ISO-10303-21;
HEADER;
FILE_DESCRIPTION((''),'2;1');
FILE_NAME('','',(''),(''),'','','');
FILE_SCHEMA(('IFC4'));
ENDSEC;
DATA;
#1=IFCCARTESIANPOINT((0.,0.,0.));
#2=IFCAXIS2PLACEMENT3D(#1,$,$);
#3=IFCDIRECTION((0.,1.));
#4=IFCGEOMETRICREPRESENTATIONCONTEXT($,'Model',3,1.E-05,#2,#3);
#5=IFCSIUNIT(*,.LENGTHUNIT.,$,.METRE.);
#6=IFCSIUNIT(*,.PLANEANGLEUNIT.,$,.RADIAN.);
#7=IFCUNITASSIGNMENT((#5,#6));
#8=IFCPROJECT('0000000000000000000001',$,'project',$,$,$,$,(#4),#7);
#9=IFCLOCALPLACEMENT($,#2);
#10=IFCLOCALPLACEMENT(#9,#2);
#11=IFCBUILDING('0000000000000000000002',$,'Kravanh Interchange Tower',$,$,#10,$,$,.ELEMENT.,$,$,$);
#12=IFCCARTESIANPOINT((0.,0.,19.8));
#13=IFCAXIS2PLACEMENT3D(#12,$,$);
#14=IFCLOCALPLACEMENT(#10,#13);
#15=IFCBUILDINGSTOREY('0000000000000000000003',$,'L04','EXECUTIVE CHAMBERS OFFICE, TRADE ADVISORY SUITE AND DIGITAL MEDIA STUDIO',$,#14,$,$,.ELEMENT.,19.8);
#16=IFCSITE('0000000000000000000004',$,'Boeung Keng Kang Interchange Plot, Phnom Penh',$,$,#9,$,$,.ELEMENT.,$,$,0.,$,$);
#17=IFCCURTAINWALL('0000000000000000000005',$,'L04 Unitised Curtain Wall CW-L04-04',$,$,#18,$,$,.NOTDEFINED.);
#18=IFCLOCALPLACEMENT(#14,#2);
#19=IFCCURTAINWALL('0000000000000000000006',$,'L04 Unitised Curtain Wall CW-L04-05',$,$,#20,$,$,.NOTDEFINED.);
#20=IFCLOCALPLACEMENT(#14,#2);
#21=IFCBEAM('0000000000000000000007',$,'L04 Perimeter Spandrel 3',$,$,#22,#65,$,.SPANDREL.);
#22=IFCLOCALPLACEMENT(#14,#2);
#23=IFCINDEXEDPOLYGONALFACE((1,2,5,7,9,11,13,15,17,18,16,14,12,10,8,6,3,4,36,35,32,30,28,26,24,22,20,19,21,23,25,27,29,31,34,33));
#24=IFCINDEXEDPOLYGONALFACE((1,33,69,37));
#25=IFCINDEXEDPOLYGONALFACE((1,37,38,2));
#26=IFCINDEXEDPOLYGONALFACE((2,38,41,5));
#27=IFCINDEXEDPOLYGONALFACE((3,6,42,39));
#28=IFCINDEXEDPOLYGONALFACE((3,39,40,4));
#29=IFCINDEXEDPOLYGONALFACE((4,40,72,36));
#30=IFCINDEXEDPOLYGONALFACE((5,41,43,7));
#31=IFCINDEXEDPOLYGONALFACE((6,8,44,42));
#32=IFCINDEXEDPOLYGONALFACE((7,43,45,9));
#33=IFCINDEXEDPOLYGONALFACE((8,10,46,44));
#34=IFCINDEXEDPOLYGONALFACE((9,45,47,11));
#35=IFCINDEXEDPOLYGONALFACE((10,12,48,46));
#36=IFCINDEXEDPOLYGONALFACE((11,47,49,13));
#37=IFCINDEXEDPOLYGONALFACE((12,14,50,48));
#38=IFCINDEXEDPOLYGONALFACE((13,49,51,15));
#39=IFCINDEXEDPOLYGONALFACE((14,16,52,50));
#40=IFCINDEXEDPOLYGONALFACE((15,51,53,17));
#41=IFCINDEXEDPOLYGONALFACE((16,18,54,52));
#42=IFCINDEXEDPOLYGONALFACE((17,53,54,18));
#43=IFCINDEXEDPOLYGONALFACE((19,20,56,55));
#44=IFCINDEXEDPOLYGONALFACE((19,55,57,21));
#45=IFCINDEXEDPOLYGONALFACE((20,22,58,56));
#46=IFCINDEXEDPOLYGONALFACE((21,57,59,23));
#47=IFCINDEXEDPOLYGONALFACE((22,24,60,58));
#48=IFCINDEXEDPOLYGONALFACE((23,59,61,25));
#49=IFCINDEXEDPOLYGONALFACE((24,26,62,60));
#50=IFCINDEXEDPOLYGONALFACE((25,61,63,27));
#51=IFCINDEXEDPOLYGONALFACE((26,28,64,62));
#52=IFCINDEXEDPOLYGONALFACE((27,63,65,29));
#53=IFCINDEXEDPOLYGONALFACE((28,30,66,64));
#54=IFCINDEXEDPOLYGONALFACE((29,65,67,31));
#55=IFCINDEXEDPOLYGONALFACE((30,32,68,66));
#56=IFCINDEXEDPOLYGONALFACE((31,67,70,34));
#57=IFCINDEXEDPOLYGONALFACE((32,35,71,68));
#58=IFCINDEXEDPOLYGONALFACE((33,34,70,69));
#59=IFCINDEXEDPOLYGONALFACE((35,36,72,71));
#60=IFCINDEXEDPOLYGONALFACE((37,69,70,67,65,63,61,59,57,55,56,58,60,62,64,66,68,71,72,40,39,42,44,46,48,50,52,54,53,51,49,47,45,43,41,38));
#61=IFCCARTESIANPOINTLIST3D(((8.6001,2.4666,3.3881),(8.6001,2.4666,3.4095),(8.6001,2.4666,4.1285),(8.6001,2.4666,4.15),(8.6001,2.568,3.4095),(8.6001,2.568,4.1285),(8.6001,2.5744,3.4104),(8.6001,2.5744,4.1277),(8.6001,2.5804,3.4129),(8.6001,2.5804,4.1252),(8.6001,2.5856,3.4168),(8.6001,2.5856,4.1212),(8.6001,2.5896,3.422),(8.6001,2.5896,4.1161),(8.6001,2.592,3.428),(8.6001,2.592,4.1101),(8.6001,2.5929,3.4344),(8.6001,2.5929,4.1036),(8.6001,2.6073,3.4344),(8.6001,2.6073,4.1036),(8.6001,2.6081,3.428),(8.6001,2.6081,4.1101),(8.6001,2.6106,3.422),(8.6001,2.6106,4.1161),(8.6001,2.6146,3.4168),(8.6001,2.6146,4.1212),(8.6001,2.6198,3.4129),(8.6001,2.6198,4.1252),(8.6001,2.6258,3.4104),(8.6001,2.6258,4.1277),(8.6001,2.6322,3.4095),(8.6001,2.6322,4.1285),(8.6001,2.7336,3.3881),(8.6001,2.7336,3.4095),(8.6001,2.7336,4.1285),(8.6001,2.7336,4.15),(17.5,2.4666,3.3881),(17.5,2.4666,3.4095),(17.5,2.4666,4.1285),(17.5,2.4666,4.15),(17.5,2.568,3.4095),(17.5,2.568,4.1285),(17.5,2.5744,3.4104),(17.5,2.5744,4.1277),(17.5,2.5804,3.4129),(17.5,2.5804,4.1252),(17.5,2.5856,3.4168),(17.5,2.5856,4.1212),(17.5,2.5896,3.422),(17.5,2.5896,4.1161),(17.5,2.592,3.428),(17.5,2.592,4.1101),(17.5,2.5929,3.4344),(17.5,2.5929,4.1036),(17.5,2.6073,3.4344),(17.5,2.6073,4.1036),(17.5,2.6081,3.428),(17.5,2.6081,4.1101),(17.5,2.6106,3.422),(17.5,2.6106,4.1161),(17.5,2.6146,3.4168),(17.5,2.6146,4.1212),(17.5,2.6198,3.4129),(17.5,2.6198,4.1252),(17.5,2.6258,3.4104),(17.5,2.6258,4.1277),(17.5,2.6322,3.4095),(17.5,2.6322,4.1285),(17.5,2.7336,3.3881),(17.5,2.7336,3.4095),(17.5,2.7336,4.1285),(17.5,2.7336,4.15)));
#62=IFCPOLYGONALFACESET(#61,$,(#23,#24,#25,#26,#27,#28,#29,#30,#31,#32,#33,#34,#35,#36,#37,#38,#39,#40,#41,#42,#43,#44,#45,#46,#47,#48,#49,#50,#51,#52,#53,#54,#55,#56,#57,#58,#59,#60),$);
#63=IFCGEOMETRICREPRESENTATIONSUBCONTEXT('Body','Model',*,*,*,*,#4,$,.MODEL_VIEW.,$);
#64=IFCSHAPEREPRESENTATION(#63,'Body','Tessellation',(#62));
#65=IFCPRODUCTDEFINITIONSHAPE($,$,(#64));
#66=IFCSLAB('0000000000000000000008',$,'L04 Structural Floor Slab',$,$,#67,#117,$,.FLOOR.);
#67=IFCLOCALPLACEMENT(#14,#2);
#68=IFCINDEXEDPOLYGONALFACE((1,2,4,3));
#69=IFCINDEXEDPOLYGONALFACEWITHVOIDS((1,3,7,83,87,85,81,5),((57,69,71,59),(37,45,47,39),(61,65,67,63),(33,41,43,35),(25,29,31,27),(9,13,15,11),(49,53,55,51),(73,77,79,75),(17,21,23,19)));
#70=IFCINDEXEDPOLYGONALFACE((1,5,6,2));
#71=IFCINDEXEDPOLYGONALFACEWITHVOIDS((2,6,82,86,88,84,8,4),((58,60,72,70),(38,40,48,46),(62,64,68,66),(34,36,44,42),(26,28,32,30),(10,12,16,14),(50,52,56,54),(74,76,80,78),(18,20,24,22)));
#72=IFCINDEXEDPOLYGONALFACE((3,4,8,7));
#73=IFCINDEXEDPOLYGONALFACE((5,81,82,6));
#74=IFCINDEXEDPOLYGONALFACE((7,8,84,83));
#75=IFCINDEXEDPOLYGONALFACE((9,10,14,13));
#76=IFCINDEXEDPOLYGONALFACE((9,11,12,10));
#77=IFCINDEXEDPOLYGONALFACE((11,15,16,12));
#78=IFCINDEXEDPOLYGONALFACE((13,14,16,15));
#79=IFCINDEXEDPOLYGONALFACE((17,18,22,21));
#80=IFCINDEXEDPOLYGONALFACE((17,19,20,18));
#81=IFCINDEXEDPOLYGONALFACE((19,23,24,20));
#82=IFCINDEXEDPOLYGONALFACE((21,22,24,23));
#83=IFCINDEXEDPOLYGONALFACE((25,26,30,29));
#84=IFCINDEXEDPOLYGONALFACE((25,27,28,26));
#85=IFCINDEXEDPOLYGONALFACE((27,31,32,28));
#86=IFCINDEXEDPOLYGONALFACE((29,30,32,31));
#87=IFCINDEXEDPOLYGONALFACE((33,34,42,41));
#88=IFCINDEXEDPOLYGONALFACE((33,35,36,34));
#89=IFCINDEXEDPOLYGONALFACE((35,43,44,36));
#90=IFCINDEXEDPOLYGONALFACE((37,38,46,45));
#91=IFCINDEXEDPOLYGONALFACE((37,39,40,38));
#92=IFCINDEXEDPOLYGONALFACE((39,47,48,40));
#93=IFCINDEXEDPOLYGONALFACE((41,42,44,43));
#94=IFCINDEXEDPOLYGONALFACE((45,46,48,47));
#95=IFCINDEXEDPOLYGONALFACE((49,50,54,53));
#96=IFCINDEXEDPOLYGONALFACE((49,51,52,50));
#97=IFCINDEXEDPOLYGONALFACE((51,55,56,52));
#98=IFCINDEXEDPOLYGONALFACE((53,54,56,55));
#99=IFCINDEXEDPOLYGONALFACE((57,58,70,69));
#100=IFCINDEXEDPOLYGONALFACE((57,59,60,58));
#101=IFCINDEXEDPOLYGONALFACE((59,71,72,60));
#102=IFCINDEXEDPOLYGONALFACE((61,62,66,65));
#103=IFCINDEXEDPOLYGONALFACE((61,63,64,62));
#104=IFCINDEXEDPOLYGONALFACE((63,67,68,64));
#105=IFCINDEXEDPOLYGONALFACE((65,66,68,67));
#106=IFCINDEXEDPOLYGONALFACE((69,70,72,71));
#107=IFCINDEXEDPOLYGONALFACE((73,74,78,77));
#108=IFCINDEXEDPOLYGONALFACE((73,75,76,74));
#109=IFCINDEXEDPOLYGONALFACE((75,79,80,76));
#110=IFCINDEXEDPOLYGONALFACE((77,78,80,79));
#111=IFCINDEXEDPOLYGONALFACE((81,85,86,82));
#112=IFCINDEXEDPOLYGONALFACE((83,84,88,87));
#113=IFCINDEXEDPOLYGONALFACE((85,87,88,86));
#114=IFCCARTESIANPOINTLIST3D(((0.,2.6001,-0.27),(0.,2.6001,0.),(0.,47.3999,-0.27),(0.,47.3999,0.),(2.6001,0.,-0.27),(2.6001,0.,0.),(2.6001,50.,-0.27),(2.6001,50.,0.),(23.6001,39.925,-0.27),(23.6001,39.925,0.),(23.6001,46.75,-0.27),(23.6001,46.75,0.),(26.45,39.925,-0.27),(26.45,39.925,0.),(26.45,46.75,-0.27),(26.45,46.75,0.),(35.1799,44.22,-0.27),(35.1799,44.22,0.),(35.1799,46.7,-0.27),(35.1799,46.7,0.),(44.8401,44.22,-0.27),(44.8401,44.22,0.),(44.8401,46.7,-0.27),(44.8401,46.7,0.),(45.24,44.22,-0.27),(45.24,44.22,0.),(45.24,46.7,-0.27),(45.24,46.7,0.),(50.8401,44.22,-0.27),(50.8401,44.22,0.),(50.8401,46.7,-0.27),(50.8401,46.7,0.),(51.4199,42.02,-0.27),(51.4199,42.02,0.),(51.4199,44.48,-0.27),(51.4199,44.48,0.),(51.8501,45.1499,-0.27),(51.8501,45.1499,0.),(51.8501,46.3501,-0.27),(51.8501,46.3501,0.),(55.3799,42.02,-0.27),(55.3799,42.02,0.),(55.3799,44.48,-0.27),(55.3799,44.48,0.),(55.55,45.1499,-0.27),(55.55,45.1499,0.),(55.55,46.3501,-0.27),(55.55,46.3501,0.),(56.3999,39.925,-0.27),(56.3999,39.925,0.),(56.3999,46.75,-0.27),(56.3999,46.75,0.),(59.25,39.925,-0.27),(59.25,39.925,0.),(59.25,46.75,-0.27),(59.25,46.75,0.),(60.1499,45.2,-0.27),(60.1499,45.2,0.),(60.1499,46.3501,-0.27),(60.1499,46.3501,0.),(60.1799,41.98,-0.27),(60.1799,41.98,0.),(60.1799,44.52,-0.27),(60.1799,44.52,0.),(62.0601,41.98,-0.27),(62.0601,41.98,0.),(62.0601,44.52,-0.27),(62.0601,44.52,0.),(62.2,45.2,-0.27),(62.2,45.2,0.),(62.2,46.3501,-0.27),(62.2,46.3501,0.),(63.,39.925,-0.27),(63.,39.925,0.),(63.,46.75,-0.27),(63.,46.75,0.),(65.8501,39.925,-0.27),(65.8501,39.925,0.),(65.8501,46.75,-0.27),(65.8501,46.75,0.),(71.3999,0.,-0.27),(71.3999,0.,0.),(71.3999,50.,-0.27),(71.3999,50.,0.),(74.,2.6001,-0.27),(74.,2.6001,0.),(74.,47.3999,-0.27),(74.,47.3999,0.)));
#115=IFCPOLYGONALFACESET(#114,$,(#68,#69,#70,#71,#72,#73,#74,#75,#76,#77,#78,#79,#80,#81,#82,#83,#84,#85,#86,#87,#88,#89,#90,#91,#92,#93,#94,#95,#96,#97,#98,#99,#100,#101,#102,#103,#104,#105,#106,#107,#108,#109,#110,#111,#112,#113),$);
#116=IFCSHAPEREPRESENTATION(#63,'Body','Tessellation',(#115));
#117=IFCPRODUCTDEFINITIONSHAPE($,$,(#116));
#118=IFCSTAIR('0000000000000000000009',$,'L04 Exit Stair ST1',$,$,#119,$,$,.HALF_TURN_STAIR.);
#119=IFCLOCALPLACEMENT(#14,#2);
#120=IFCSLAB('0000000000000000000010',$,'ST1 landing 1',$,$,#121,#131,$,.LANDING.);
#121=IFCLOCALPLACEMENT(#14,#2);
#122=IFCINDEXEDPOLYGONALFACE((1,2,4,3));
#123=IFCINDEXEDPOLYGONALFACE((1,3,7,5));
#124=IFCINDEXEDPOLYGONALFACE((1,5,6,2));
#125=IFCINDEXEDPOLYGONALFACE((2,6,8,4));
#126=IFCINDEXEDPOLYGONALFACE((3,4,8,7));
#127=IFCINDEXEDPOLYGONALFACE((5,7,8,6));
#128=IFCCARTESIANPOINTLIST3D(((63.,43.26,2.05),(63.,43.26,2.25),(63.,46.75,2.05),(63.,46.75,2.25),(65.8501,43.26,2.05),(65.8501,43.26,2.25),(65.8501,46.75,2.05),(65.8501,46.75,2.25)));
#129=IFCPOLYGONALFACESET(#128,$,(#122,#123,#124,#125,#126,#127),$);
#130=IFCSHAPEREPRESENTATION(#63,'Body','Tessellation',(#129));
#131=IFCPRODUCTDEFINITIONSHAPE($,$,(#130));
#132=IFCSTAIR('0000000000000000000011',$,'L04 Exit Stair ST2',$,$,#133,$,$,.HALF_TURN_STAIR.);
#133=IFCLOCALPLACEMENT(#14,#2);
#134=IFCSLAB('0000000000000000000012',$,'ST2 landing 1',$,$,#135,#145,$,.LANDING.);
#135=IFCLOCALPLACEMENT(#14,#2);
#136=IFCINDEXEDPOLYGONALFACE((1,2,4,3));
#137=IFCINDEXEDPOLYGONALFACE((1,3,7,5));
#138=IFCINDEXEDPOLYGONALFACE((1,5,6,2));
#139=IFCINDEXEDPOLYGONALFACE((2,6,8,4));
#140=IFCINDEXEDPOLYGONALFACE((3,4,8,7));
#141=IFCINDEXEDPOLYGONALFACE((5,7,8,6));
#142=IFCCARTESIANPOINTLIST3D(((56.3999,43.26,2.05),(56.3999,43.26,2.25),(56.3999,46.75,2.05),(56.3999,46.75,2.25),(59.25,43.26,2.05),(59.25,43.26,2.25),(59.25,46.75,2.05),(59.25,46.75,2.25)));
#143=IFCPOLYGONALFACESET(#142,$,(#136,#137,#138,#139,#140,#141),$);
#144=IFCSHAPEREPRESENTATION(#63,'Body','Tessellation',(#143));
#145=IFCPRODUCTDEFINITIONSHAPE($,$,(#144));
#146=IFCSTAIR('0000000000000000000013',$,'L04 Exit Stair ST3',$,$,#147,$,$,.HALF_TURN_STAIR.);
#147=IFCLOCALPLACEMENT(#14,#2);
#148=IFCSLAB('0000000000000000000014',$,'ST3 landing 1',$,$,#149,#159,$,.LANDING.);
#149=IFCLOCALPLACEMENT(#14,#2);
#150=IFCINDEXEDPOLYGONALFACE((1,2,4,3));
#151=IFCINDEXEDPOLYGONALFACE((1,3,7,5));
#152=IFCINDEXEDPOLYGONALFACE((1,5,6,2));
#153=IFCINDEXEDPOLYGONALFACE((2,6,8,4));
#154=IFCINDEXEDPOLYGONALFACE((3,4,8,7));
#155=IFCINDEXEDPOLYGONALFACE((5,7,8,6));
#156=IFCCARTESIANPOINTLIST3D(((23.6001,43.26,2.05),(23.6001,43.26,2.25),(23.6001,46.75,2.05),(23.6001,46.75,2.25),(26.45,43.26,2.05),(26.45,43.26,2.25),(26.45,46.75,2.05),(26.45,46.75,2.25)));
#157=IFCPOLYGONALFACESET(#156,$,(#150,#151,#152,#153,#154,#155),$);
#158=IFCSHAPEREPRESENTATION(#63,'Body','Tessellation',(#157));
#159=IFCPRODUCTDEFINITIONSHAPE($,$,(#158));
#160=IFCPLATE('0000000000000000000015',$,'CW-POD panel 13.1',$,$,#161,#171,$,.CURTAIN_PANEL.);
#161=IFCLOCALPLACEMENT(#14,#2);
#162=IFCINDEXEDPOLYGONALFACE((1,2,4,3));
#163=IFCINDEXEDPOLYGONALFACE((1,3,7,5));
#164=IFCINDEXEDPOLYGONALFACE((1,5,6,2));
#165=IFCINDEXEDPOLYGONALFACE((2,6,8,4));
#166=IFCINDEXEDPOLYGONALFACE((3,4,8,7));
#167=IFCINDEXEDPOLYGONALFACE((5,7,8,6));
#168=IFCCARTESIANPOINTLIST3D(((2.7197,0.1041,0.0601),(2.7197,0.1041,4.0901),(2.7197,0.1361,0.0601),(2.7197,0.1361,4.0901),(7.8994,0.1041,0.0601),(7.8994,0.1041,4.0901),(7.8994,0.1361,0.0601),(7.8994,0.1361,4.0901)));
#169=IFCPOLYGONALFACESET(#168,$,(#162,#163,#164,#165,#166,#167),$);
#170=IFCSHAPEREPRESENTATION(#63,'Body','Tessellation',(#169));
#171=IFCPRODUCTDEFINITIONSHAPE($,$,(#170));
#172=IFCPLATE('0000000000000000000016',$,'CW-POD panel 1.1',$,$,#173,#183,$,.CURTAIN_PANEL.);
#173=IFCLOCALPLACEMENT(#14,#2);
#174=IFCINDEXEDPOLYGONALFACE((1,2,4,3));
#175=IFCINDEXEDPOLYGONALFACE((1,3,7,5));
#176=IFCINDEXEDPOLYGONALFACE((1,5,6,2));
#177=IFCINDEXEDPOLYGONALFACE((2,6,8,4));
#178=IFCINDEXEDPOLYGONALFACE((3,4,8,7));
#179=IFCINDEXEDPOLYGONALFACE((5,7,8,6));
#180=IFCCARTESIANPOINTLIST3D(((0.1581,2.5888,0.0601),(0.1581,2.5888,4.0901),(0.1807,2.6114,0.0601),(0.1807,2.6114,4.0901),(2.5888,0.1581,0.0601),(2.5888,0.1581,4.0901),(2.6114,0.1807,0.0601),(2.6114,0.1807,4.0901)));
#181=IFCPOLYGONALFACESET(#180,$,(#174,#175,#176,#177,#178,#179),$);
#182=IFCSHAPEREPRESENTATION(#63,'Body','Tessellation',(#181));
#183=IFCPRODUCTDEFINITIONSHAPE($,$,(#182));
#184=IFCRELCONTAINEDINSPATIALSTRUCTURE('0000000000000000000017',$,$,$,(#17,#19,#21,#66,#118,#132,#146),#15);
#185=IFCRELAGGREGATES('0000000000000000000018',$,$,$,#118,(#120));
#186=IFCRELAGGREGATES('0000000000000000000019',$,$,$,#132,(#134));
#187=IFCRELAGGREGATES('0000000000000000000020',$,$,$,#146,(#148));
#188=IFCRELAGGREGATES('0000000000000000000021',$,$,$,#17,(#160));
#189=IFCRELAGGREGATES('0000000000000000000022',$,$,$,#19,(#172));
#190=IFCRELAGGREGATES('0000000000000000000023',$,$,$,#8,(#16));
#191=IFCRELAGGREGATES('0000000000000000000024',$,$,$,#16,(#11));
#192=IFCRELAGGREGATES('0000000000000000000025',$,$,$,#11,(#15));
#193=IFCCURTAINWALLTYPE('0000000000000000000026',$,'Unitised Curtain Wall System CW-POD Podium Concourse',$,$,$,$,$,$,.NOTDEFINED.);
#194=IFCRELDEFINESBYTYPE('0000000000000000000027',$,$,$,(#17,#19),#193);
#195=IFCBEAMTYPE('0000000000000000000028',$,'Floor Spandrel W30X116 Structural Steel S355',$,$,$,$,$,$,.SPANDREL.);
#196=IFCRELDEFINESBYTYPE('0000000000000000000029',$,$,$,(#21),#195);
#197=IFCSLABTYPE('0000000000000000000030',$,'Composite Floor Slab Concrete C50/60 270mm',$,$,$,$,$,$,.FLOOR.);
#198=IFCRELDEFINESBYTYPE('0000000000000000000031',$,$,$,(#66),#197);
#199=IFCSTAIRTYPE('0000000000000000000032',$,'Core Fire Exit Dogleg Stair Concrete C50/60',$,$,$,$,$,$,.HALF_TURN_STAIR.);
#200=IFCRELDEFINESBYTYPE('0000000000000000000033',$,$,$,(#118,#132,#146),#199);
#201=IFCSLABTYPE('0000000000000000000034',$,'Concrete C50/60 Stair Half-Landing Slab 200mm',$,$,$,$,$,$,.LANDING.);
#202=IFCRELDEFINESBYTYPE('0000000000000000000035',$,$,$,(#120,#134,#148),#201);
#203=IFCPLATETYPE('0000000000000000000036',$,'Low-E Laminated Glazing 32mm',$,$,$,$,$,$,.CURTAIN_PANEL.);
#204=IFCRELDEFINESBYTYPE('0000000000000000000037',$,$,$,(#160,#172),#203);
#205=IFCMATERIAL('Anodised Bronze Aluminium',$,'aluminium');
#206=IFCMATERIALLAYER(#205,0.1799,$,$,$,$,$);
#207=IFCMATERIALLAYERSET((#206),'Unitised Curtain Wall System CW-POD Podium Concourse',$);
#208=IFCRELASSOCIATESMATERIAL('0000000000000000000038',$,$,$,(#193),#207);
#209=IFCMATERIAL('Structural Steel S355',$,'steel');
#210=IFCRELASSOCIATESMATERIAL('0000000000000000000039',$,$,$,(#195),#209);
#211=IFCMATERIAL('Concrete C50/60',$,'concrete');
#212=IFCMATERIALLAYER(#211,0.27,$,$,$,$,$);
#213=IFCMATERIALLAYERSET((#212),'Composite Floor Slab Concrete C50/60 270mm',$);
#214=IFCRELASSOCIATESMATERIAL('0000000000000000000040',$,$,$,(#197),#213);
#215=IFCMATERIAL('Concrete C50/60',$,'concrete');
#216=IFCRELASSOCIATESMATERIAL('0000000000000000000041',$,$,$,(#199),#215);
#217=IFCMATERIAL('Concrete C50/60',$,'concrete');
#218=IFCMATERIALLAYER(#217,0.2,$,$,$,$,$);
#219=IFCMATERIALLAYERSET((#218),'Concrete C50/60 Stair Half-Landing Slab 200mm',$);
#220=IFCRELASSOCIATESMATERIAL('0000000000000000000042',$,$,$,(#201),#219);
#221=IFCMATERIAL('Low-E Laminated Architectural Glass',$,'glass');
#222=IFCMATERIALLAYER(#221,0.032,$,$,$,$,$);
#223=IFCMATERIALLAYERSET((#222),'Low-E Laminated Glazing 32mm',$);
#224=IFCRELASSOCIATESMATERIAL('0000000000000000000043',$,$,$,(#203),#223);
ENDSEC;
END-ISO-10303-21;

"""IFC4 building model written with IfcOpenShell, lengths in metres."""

from ifc_helpers import new_model, si_unit, direction, frame, origin, origin_2d, place, context, subcontext, project, spatial, polyline, rectangle, i_section, outline, extrude, material, layer, layer_set, material_profile, profile_set, type_object, element, aggregate, save


model = new_model("IFC4")

# Units and contexts
model_context = context("Model", 3, precision=1e-05, world=origin(), true_north=direction((0.0, 1.0)))
body_context = subcontext(model_context, "Body", "Model", "MODEL_VIEW")
ifc_project = project(units=[si_unit("LENGTHUNIT", "METRE"), si_unit("PLANEANGLEUNIT", "RADIAN")], contexts=[model_context])

# Site, building, storey
site_placement = place(None, origin())
site = spatial("IfcSite", under=ifc_project, at=site_placement, Name="Boeung Keng Kang Interchange Plot, Phnom Penh", CompositionType="ELEMENT", RefElevation=0.0)
building_placement = place(site_placement, origin())
building = spatial("IfcBuilding", under=site, at=building_placement, Name="Kravanh Interchange Tower", CompositionType="ELEMENT")
storey_placement = place(building_placement, frame((0.0, 0.0, 19.8)))
storey = spatial("IfcBuildingStorey", under=building, at=storey_placement, Name="L04", Description="EXECUTIVE CHAMBERS OFFICE, TRADE ADVISORY SUITE AND DIGITAL MEDIA STUDIO", CompositionType="ELEMENT", Elevation=19.8)

# Shared definitions
ifc_material_1 = material(Name="Anodised Bronze Aluminium", Category="aluminium")
ifc_layer_1 = layer(ifc_material_1, 0.1799)
ifc_layer_set_1 = layer_set([ifc_layer_1], Name="Unitised Curtain Wall System CW-POD Podium Concourse")
curtain_wall_type = type_object("IfcCurtainWallType", Name="Unitised Curtain Wall System CW-POD Podium Concourse", PredefinedType="NOTDEFINED", material=ifc_layer_set_1)

# Curtain walls
curtain_wall_1_placement = place(storey_placement, origin())
curtain_wall_1 = element("IfcCurtainWall", 1, at=curtain_wall_1_placement, inside=storey, type_object=curtain_wall_type, Name="L04 Unitised Curtain Wall CW-L04-04", PredefinedType="NOTDEFINED")
curtain_wall_2_placement = place(storey_placement, origin())
curtain_wall_2 = element("IfcCurtainWall", 2, at=curtain_wall_2_placement, inside=storey, type_object=curtain_wall_type, Name="L04 Unitised Curtain Wall CW-L04-05", PredefinedType="NOTDEFINED")

# Beam
ifc_material_2 = material(Name="Structural Steel S355", Category="steel")
ifc_material_profile_1 = material_profile(ifc_material_2, i_section(OverallWidth=0.2671, OverallDepth=0.762, WebThickness=0.0144, FlangeThickness=0.0215, FilletRadius=0.0249, at=origin_2d()), Name="W30X116")
ifc_profile_set_1 = profile_set([ifc_material_profile_1], Name="Structural Steel S355")
beam_type_1 = type_object("IfcBeamType", Name="Floor Spandrel W30X116 Structural Steel S355", PredefinedType="SPANDREL", material=ifc_profile_set_1)
beam_1_placement = place(storey_placement, frame((8.6001, 2.6001, 3.769), z_axis=(1.0, 0.0, 0.0), x_axis=(0.0, 1.0, 0.0)))
element("IfcBeam", 3, at=beam_1_placement, inside=storey, type_object=beam_type_1, Name="L04 Perimeter Spandrel 3", PredefinedType="SPANDREL", context=body_context, shape_type="SweptSolid", body=[
    extrude(i_section(OverallWidth=0.2671, OverallDepth=0.762, WebThickness=0.0144, FlangeThickness=0.0215, FilletRadius=0.0249, at=origin_2d()), origin(), (0.0, 0.0, 1.0), 8.8999),
])

# Slab
ifc_material_3 = material(Name="Concrete C50/60", Category="concrete")
ifc_layer_2 = layer(ifc_material_3, 0.27)
ifc_layer_set_2 = layer_set([ifc_layer_2], Name="Composite Floor Slab Concrete C50/60 270mm")
slab_type_1 = type_object("IfcSlabType", Name="Composite Floor Slab Concrete C50/60 270mm", PredefinedType="FLOOR", material=ifc_layer_set_2)
slab_1_placement = place(storey_placement, frame((0.0, 0.0, -0.27)))
element("IfcSlab", 4, at=slab_1_placement, inside=storey, type_object=slab_type_1, Name="L04 Structural Floor Slab", PredefinedType="FLOOR", context=body_context, shape_type="SweptSolid", body=[
    extrude(outline(polyline([(0.0, 2.6001), (2.6001, 0.0), (71.3999, 0.0), (74.0, 2.6001), (74.0, 47.3999), (71.3999, 50.0), (2.6001, 50.0), (0.0, 47.3999), (0.0, 2.6001)]), holes=[polyline([(65.8501, 39.925), (65.8501, 46.75), (63.0, 46.75), (63.0, 39.925), (65.8501, 39.925)]), polyline([(59.25, 39.925), (59.25, 46.75), (56.3999, 46.75), (56.3999, 39.925), (59.25, 39.925)]), polyline([(26.45, 39.925), (26.45, 46.75), (23.6001, 46.75), (23.6001, 39.925), (26.45, 39.925)]), polyline([(35.1799, 44.22), (44.8401, 44.22), (44.8401, 46.7), (35.1799, 46.7), (35.1799, 44.22)]), polyline([(45.24, 44.22), (50.8401, 44.22), (50.8401, 46.7), (45.24, 46.7), (45.24, 44.22)]), polyline([(51.4199, 42.02), (55.3799, 42.02), (55.3799, 44.48), (51.4199, 44.48), (51.4199, 42.02)]), polyline([(60.1799, 41.98), (62.0601, 41.98), (62.0601, 44.52), (60.1799, 44.52), (60.1799, 41.98)]), polyline([(60.1499, 45.2), (62.2, 45.2), (62.2, 46.3501), (60.1499, 46.3501), (60.1499, 45.2)]), polyline([(51.8501, 45.1499), (55.55, 45.1499), (55.55, 46.3501), (51.8501, 46.3501), (51.8501, 45.1499)])]), origin(), (0.0, 0.0, 1.0), 0.27),
])

# Stairs, slabs
ifc_material_4 = material(Name="Concrete C50/60", Category="concrete")
stair_type = type_object("IfcStairType", Name="Core Fire Exit Dogleg Stair Concrete C50/60", PredefinedType="HALF_TURN_STAIR", material=ifc_material_4)
stair_1_placement = place(storey_placement, origin())
stair_1 = element("IfcStair", 5, at=stair_1_placement, inside=storey, type_object=stair_type, Name="L04 Exit Stair ST1", PredefinedType="HALF_TURN_STAIR")
ifc_material_5 = material(Name="Concrete C50/60", Category="concrete")
ifc_layer_3 = layer(ifc_material_5, 0.2)
ifc_layer_set_3 = layer_set([ifc_layer_3], Name="Concrete C50/60 Stair Half-Landing Slab 200mm")
slab_type_2 = type_object("IfcSlabType", Name="Concrete C50/60 Stair Half-Landing Slab 200mm", PredefinedType="LANDING", material=ifc_layer_set_3)
slab_2_placement = place(storey_placement, frame((0.0, 0.0, 2.05)))
slab_2 = element("IfcSlab", 6, at=slab_2_placement, type_object=slab_type_2, Name="ST1 landing 1", PredefinedType="LANDING", context=body_context, shape_type="SweptSolid", body=[
    extrude(outline(polyline([(65.8501, 43.26), (65.8501, 46.75), (63.0, 46.75), (63.0, 43.26), (65.8501, 43.26)])), origin(), (0.0, 0.0, 1.0), 0.2),
])
aggregate(stair_1, [slab_2])
stair_2_placement = place(storey_placement, origin())
stair_2 = element("IfcStair", 7, at=stair_2_placement, inside=storey, type_object=stair_type, Name="L04 Exit Stair ST2", PredefinedType="HALF_TURN_STAIR")
slab_3_placement = place(storey_placement, frame((0.0, 0.0, 2.05)))
slab_3 = element("IfcSlab", 8, at=slab_3_placement, type_object=slab_type_2, Name="ST2 landing 1", PredefinedType="LANDING", context=body_context, shape_type="SweptSolid", body=[
    extrude(outline(polyline([(59.25, 43.26), (59.25, 46.75), (56.3999, 46.75), (56.3999, 43.26), (59.25, 43.26)])), origin(), (0.0, 0.0, 1.0), 0.2),
])
aggregate(stair_2, [slab_3])
stair_3_placement = place(storey_placement, origin())
stair_3 = element("IfcStair", 9, at=stair_3_placement, inside=storey, type_object=stair_type, Name="L04 Exit Stair ST3", PredefinedType="HALF_TURN_STAIR")
slab_4_placement = place(storey_placement, frame((0.0, 0.0, 2.05)))
slab_4 = element("IfcSlab", 10, at=slab_4_placement, type_object=slab_type_2, Name="ST3 landing 1", PredefinedType="LANDING", context=body_context, shape_type="SweptSolid", body=[
    extrude(outline(polyline([(26.45, 43.26), (26.45, 46.75), (23.6001, 46.75), (23.6001, 43.26), (26.45, 43.26)])), origin(), (0.0, 0.0, 1.0), 0.2),
])
aggregate(stair_3, [slab_4])

# Plates
ifc_material_6 = material(Name="Low-E Laminated Architectural Glass", Category="glass")
ifc_layer_4 = layer(ifc_material_6, 0.032)
ifc_layer_set_4 = layer_set([ifc_layer_4], Name="Low-E Laminated Glazing 32mm")
plate_type = type_object("IfcPlateType", Name="Low-E Laminated Glazing 32mm", PredefinedType="CURTAIN_PANEL", material=ifc_layer_set_4)
plate_1_placement = place(storey_placement, frame((5.3096, 0.1201, 0.0601), z_axis=(0.0, 0.0, 1.0), x_axis=(-1.0, 0.0, 0.0)))
plate_1 = element("IfcPlate", 11, at=plate_1_placement, type_object=plate_type, Name="CW-POD panel 13.1", PredefinedType="CURTAIN_PANEL", context=body_context, shape_type="SweptSolid", body=[
    extrude(rectangle(XDim=5.1797, YDim=0.032, at=origin_2d()), origin(), (0.0, 0.0, 1.0), 4.03),
])
aggregate(curtain_wall_1, [plate_1])
plate_2_placement = place(storey_placement, frame((1.3848, 1.3848, 0.0601), z_axis=(0.0, 0.0, 1.0), x_axis=(-0.707107, 0.707107, 0.0)))
plate_2 = element("IfcPlate", 12, at=plate_2_placement, type_object=plate_type, Name="CW-POD panel 1.1", PredefinedType="CURTAIN_PANEL", context=body_context, shape_type="SweptSolid", body=[
    extrude(rectangle(XDim=3.4375, YDim=0.032, at=origin_2d()), origin(), (0.0, 0.0, 1.0), 4.03),
])
aggregate(curtain_wall_2, [plate_2])

save(model, "model.ifc")
